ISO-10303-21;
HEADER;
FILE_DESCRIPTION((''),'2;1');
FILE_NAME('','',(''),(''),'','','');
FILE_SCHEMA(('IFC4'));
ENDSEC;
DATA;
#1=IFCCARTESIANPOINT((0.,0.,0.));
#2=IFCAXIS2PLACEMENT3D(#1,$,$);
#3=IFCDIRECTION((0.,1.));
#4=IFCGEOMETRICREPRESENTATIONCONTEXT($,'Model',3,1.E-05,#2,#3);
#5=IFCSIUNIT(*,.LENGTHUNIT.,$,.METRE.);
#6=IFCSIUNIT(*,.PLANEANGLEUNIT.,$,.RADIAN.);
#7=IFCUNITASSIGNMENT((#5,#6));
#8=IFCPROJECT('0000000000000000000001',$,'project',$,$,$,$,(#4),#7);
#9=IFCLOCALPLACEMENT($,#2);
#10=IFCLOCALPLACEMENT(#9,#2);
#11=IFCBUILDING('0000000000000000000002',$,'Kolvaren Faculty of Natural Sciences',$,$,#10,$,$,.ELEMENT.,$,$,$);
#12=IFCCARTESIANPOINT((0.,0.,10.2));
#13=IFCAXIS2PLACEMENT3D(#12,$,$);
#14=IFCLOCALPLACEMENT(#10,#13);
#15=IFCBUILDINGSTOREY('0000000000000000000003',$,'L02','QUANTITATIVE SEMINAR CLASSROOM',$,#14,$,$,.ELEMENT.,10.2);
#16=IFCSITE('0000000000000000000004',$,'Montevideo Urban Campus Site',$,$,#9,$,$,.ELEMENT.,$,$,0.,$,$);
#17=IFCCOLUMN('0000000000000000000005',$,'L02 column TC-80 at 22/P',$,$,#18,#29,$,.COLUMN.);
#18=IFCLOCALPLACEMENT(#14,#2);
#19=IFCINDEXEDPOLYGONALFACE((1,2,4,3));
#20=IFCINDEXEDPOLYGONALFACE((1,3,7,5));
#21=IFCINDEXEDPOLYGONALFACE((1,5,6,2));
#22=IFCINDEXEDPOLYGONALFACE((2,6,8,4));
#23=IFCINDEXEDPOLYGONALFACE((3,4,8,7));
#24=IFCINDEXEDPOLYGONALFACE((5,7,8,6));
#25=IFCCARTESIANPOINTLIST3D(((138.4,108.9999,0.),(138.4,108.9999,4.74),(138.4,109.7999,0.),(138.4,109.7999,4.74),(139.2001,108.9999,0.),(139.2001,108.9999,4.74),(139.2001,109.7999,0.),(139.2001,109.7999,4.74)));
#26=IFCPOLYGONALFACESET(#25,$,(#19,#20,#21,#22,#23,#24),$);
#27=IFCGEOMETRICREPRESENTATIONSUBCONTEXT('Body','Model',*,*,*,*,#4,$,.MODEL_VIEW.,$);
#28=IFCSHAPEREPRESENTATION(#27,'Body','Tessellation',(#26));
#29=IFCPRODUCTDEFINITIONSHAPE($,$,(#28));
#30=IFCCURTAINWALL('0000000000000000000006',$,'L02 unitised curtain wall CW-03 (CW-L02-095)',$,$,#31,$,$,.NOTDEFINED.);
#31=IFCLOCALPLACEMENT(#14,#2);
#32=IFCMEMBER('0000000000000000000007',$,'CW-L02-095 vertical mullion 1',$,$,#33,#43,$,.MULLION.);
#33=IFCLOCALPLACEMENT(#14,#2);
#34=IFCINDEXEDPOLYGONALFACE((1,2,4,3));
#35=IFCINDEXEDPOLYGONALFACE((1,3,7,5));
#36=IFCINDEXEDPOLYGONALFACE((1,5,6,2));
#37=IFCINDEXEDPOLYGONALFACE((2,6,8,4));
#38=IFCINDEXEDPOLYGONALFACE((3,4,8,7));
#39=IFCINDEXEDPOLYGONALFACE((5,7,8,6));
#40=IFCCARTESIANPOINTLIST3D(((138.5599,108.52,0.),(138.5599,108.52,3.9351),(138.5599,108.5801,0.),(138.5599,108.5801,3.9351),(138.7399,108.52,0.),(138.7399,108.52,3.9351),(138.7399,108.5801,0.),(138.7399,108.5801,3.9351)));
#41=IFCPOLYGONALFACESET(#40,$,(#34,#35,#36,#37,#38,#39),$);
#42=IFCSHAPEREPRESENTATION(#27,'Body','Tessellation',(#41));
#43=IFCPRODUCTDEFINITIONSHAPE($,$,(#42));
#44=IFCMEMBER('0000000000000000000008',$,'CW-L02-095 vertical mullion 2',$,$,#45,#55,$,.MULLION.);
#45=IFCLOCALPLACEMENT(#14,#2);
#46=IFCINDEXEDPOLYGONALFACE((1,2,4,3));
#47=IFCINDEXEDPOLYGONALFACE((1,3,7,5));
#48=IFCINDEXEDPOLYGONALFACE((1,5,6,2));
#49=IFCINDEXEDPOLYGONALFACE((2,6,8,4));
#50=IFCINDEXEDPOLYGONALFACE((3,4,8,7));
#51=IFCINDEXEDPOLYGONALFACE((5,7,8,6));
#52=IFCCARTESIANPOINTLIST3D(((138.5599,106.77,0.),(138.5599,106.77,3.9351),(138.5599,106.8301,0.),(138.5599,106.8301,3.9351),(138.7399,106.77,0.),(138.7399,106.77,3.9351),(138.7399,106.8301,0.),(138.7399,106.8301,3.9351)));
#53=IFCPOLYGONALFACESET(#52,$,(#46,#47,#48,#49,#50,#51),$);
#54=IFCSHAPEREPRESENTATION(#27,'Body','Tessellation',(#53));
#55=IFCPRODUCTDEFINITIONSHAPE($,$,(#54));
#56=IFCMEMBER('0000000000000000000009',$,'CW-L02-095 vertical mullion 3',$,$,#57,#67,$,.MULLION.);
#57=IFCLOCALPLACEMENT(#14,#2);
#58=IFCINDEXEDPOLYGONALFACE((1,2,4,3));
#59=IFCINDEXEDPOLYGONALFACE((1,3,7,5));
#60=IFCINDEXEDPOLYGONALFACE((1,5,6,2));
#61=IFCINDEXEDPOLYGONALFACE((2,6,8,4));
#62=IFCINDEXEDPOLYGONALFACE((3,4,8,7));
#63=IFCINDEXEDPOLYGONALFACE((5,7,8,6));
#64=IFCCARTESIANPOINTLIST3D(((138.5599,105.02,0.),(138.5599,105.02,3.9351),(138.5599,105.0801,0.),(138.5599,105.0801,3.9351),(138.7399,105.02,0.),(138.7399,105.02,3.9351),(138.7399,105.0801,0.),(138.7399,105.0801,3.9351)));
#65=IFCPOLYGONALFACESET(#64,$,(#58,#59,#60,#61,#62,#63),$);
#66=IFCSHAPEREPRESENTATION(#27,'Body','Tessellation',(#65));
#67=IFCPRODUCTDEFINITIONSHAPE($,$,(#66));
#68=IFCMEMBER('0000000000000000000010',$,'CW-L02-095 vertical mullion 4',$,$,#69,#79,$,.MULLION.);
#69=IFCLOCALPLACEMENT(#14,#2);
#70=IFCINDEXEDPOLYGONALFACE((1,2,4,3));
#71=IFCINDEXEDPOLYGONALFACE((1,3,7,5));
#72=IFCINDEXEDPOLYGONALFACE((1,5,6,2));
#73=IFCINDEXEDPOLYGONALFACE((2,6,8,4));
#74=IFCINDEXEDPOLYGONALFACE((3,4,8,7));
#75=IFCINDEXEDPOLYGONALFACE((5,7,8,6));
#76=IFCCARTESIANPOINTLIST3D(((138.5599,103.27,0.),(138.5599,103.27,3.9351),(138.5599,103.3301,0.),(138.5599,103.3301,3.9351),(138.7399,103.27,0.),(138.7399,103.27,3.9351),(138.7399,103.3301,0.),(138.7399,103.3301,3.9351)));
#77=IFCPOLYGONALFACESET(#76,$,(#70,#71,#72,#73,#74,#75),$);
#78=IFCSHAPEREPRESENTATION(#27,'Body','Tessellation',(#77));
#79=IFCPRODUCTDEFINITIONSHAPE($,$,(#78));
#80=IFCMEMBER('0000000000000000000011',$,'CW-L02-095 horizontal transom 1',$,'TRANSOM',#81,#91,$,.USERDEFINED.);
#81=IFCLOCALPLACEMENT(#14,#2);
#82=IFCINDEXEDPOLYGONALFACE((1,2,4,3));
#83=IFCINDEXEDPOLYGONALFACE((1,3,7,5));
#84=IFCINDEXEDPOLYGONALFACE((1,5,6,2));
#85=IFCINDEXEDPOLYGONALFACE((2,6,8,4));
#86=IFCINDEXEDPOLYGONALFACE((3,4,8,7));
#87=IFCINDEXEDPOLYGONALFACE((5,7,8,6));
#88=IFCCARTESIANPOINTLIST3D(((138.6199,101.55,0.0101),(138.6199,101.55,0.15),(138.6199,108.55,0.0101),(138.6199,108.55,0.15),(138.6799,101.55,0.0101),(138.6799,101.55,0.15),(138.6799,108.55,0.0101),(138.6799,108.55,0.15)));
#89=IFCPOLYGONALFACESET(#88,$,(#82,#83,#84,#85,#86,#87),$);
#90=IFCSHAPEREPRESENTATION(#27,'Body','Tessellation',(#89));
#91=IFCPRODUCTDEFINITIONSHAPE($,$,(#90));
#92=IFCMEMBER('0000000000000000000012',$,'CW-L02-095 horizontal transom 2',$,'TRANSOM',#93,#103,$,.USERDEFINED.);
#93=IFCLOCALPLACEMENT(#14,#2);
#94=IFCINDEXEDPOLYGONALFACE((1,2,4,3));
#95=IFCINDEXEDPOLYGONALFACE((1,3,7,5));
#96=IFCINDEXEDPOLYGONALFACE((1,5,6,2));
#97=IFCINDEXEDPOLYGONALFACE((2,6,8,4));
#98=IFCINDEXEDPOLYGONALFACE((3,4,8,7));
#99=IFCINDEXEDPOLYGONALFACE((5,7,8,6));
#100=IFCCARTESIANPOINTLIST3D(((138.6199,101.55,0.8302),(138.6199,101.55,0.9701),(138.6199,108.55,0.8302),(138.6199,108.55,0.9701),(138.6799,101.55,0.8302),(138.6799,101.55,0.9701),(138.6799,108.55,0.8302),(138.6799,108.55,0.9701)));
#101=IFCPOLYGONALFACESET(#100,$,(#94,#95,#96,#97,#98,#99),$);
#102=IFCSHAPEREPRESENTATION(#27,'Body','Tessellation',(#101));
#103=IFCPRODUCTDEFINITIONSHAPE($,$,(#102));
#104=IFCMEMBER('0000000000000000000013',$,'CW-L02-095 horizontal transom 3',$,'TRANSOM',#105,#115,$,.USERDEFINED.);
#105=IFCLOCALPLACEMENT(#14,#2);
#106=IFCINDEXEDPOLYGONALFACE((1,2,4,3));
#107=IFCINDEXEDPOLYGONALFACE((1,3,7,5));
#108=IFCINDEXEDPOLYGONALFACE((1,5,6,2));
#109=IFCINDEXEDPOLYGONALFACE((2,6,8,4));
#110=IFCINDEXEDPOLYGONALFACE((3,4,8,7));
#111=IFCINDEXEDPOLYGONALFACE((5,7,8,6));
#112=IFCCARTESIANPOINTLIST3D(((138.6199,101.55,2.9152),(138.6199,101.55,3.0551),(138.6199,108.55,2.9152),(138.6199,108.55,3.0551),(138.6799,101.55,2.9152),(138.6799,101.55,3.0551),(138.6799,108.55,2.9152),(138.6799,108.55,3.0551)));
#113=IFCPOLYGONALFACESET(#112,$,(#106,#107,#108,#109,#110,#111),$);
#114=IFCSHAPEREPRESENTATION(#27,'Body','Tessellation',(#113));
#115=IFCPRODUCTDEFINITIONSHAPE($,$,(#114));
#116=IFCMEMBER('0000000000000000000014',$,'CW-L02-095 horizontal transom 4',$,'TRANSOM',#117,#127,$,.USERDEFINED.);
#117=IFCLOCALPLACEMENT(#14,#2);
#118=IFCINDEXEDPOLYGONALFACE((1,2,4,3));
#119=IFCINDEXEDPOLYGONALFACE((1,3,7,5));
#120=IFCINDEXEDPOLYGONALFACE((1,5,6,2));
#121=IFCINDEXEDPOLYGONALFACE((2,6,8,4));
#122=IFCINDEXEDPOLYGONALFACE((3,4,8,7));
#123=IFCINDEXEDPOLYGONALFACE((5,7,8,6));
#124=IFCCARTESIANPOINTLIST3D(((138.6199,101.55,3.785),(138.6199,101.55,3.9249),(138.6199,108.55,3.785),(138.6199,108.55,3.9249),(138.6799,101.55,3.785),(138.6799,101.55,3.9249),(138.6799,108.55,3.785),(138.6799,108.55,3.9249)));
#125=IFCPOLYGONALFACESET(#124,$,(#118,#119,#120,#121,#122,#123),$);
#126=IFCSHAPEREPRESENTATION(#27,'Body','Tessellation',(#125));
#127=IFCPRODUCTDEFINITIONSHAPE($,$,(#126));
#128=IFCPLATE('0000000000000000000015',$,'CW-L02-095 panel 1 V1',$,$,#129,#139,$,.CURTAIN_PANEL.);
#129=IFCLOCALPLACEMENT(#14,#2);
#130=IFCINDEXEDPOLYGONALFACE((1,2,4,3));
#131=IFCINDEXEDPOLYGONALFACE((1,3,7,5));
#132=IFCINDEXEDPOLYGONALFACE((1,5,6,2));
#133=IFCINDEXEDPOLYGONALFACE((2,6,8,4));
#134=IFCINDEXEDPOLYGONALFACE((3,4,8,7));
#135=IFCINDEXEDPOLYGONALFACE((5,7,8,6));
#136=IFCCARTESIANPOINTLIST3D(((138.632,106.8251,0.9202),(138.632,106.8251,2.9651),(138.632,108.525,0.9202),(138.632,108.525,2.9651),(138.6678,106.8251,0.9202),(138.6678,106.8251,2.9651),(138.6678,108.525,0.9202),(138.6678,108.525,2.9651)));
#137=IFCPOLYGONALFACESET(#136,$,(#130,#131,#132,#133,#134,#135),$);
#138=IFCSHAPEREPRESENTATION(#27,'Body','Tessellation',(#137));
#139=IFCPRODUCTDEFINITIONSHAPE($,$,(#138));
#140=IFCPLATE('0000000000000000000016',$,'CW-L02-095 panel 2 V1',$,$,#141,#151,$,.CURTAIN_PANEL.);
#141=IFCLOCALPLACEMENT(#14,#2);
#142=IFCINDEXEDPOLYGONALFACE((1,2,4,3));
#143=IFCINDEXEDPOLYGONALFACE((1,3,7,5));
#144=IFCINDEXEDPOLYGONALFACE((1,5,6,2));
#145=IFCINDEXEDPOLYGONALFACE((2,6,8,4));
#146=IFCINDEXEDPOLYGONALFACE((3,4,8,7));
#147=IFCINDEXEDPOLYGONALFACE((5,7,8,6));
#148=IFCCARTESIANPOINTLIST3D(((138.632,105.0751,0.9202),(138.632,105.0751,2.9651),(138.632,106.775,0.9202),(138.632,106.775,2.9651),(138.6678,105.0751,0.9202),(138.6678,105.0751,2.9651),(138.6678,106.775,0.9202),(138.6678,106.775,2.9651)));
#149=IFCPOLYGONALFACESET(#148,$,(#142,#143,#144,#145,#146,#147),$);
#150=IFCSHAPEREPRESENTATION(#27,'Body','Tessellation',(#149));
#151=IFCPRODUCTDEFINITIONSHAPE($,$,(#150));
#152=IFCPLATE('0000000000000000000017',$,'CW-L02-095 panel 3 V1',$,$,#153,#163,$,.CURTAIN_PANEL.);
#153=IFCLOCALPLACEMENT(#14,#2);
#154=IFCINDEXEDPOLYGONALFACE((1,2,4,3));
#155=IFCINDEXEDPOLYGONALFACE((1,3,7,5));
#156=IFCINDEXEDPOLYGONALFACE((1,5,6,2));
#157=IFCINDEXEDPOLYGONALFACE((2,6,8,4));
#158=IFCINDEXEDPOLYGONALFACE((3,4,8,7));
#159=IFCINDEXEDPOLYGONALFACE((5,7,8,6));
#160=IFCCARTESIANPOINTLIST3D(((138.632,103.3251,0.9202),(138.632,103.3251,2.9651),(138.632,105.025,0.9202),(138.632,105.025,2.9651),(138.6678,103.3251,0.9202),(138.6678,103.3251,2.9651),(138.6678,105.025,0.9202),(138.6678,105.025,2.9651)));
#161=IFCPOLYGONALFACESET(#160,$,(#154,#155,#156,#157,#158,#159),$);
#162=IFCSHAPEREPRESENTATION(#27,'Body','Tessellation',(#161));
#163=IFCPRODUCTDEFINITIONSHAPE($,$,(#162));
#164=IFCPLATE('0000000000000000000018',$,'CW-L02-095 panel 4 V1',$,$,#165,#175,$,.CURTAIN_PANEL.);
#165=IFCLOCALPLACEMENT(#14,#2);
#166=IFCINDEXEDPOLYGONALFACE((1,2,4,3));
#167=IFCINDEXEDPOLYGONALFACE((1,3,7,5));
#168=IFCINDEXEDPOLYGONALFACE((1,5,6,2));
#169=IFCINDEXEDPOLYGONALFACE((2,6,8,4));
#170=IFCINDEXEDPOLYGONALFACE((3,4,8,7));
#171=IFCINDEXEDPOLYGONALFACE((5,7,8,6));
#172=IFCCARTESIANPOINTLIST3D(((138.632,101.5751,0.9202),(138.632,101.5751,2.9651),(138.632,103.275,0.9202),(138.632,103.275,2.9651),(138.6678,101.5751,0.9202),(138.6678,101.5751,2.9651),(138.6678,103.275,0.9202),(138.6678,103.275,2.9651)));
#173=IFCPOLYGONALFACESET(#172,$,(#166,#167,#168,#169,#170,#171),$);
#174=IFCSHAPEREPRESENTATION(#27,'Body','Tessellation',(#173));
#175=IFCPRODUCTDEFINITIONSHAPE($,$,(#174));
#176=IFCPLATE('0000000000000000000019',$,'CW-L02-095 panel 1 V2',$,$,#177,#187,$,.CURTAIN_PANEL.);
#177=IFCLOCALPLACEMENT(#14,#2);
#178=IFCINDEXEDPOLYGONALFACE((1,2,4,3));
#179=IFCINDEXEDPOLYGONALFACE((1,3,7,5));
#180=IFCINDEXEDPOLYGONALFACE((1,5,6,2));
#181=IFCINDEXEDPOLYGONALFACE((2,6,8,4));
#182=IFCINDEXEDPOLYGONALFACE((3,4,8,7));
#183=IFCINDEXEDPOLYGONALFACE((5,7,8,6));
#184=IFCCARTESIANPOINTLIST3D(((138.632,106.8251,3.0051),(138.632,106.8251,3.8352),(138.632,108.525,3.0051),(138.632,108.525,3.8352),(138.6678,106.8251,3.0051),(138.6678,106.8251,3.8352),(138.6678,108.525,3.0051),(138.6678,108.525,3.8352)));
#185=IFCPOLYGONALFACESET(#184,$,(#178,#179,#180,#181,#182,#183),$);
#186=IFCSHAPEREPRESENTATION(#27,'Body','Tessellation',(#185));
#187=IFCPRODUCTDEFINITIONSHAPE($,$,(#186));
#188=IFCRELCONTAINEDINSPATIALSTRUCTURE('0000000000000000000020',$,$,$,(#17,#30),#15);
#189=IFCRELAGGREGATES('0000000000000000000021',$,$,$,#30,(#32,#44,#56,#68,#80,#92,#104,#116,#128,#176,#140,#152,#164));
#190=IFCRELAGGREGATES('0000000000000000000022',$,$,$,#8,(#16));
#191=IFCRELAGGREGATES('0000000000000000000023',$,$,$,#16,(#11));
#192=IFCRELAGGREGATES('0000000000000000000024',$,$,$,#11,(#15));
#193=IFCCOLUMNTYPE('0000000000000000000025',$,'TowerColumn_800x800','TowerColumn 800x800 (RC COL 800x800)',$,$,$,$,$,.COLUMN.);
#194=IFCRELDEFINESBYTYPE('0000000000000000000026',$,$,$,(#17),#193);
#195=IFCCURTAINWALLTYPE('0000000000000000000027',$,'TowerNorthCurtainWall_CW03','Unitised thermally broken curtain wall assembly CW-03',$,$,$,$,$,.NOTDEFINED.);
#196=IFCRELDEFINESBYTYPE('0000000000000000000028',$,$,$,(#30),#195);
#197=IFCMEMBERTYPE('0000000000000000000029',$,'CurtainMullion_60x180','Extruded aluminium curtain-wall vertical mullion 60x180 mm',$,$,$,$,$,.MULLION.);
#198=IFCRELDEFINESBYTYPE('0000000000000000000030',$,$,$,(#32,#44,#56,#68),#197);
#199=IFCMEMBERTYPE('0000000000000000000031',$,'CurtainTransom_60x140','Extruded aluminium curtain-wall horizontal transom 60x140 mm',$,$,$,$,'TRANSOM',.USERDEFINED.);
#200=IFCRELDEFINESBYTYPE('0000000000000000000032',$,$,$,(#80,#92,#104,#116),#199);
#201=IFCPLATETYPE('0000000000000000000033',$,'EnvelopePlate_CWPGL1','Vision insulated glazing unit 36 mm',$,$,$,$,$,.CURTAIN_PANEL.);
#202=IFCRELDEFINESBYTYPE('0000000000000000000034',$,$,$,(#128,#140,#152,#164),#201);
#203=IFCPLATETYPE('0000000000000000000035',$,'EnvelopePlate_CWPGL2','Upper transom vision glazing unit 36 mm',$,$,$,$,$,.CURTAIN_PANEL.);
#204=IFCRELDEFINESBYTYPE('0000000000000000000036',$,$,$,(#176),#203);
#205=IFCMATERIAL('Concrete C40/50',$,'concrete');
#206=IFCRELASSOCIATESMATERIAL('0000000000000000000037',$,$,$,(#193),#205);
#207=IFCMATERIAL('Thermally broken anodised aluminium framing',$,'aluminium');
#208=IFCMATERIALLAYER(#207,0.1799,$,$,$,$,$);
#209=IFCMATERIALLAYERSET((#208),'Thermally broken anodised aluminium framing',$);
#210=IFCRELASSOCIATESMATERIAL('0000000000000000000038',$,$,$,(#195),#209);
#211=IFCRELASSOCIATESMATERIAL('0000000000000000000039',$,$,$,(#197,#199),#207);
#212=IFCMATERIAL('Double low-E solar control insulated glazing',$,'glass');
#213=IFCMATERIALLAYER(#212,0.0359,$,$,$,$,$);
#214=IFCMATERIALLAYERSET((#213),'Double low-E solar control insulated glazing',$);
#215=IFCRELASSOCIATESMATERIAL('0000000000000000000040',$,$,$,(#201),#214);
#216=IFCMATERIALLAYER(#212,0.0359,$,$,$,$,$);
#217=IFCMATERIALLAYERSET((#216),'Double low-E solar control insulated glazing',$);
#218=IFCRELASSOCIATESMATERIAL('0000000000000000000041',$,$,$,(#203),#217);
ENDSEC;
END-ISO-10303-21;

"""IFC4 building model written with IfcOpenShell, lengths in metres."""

from ifc_helpers import new_model, si_unit, direction, frame, origin, origin_2d, place, context, subcontext, project, spatial, rectangle, extrude, material, layer, layer_set, material_profile, profile_set, type_object, element, aggregate, save


model = new_model("IFC4")

# Units and contexts
model_context = context("Model", 3, precision=1e-05, world=origin(), true_north=direction((0.0, 1.0)))
body_context = subcontext(model_context, "Body", "Model", "MODEL_VIEW")
ifc_project = project(units=[si_unit("LENGTHUNIT", "METRE"), si_unit("PLANEANGLEUNIT", "RADIAN")], contexts=[model_context])

# Site, building, storey
site_placement = place(None, origin())
site = spatial("IfcSite", under=ifc_project, at=site_placement, Name="Montevideo Urban Campus Site", CompositionType="ELEMENT", RefElevation=0.0)
building_placement = place(site_placement, origin())
building = spatial("IfcBuilding", under=site, at=building_placement, Name="Kolvaren Faculty of Natural Sciences", CompositionType="ELEMENT")
storey_placement = place(building_placement, frame((0.0, 0.0, 10.2)))
storey = spatial("IfcBuildingStorey", under=building, at=storey_placement, Name="L02", Description="QUANTITATIVE SEMINAR CLASSROOM", CompositionType="ELEMENT", Elevation=10.2)

# Column
ifc_material_1 = material(Name="Concrete C40/50", Category="concrete")
ifc_material_profile_1 = material_profile(ifc_material_1, rectangle(XDim=0.8, YDim=0.8, at=origin_2d()), Name="RC COL 800x800")
ifc_profile_set_1 = profile_set([ifc_material_profile_1], Name="Concrete C40/50")
column_type = type_object("IfcColumnType", Name="TowerColumn_800x800", Description="TowerColumn 800x800 (RC COL 800x800)", PredefinedType="COLUMN", material=ifc_profile_set_1)
column_placement = place(storey_placement, frame((138.8, 109.3999, 0.0), z_axis=(0.0, 0.0, 1.0), x_axis=(1.0, 0.0, 0.0)))
element("IfcColumn", 1, at=column_placement, inside=storey, type_object=column_type, Name="L02 column TC-80 at 22/P", PredefinedType="COLUMN", context=body_context, shape_type="SweptSolid", body=[
    extrude(rectangle(XDim=0.8, YDim=0.8, at=origin_2d()), origin(), (0.0, 0.0, 1.0), 4.74),
])

# Curtain wall, members, plates
ifc_material_2 = material(Name="Thermally broken anodised aluminium framing", Category="aluminium")
ifc_layer_1 = layer(ifc_material_2, 0.1799)
ifc_layer_set_1 = layer_set([ifc_layer_1], Name="Thermally broken anodised aluminium framing")
curtain_wall_type = type_object("IfcCurtainWallType", Name="TowerNorthCurtainWall_CW03", Description="Unitised thermally broken curtain wall assembly CW-03", PredefinedType="NOTDEFINED", material=ifc_layer_set_1)
curtain_wall_placement = place(storey_placement, origin())
curtain_wall = element("IfcCurtainWall", 2, at=curtain_wall_placement, inside=storey, type_object=curtain_wall_type, Name="L02 unitised curtain wall CW-03 (CW-L02-095)", PredefinedType="NOTDEFINED")
ifc_material_profile_2 = material_profile(ifc_material_2, rectangle(XDim=0.0601, YDim=0.1799, at=origin_2d()), Name="ALU MUL 60x180")
ifc_profile_set_2 = profile_set([ifc_material_profile_2], Name="Thermally broken anodised aluminium framing")
member_type_1 = type_object("IfcMemberType", Name="CurtainMullion_60x180", Description="Extruded aluminium curtain-wall vertical mullion 60x180 mm", PredefinedType="MULLION", material=ifc_profile_set_2)
member_1_placement = place(storey_placement, frame((138.6499, 108.55, 0.0), z_axis=(0.0, 0.0, 1.0), x_axis=(0.0, -1.0, 0.0)))
member_1 = element("IfcMember", 3, at=member_1_placement, type_object=member_type_1, Name="CW-L02-095 vertical mullion 1", PredefinedType="MULLION", context=body_context, shape_type="SweptSolid", body=[
    extrude(rectangle(XDim=0.0601, YDim=0.1799, at=origin_2d()), origin(), (0.0, 0.0, 1.0), 3.9351),
])
member_2_placement = place(storey_placement, frame((138.6499, 106.8, 0.0), z_axis=(0.0, 0.0, 1.0), x_axis=(0.0, -1.0, 0.0)))
member_2 = element("IfcMember", 4, at=member_2_placement, type_object=member_type_1, Name="CW-L02-095 vertical mullion 2", PredefinedType="MULLION", context=body_context, shape_type="SweptSolid", body=[
    extrude(rectangle(XDim=0.0601, YDim=0.1799, at=origin_2d()), origin(), (0.0, 0.0, 1.0), 3.9351),
])
member_3_placement = place(storey_placement, frame((138.6499, 105.05, 0.0), z_axis=(0.0, 0.0, 1.0), x_axis=(0.0, -1.0, 0.0)))
member_3 = element("IfcMember", 5, at=member_3_placement, type_object=member_type_1, Name="CW-L02-095 vertical mullion 3", PredefinedType="MULLION", context=body_context, shape_type="SweptSolid", body=[
    extrude(rectangle(XDim=0.0601, YDim=0.1799, at=origin_2d()), origin(), (0.0, 0.0, 1.0), 3.9351),
])
member_4_placement = place(storey_placement, frame((138.6499, 103.3, 0.0), z_axis=(0.0, 0.0, 1.0), x_axis=(0.0, -1.0, 0.0)))
member_4 = element("IfcMember", 6, at=member_4_placement, type_object=member_type_1, Name="CW-L02-095 vertical mullion 4", PredefinedType="MULLION", context=body_context, shape_type="SweptSolid", body=[
    extrude(rectangle(XDim=0.0601, YDim=0.1799, at=origin_2d()), origin(), (0.0, 0.0, 1.0), 3.9351),
])
ifc_material_profile_3 = material_profile(ifc_material_2, rectangle(XDim=0.0601, YDim=0.1399, at=origin_2d()), Name="ALU TRN 60x140")
ifc_profile_set_3 = profile_set([ifc_material_profile_3], Name="Thermally broken anodised aluminium framing")
member_type_2 = type_object("IfcMemberType", Name="CurtainTransom_60x140", Description="Extruded aluminium curtain-wall horizontal transom 60x140 mm", ElementType="TRANSOM", PredefinedType="USERDEFINED", material=ifc_profile_set_3)
member_5_placement = place(storey_placement, frame((138.6499, 108.55, 0.0801), z_axis=(0.0, -1.0, 0.0), x_axis=(1.0, 0.0, 0.0)))
member_5 = element("IfcMember", 7, at=member_5_placement, type_object=member_type_2, Name="CW-L02-095 horizontal transom 1", ObjectType="TRANSOM", PredefinedType="USERDEFINED", context=body_context, shape_type="SweptSolid", body=[
    extrude(rectangle(XDim=0.0601, YDim=0.1399, at=origin_2d()), origin(), (0.0, 0.0, 1.0), 7.0),
])
member_6_placement = place(storey_placement, frame((138.6499, 108.55, 0.9001), z_axis=(0.0, -1.0, 0.0), x_axis=(1.0, 0.0, 0.0)))
member_6 = element("IfcMember", 8, at=member_6_placement, type_object=member_type_2, Name="CW-L02-095 horizontal transom 2", ObjectType="TRANSOM", PredefinedType="USERDEFINED", context=body_context, shape_type="SweptSolid", body=[
    extrude(rectangle(XDim=0.0601, YDim=0.1399, at=origin_2d()), origin(), (0.0, 0.0, 1.0), 7.0),
])
member_7_placement = place(storey_placement, frame((138.6499, 108.55, 2.9851), z_axis=(0.0, -1.0, 0.0), x_axis=(1.0, 0.0, 0.0)))
member_7 = element("IfcMember", 9, at=member_7_placement, type_object=member_type_2, Name="CW-L02-095 horizontal transom 3", ObjectType="TRANSOM", PredefinedType="USERDEFINED", context=body_context, shape_type="SweptSolid", body=[
    extrude(rectangle(XDim=0.0601, YDim=0.1399, at=origin_2d()), origin(), (0.0, 0.0, 1.0), 7.0),
])
member_8_placement = place(storey_placement, frame((138.6499, 108.55, 3.855), z_axis=(0.0, -1.0, 0.0), x_axis=(1.0, 0.0, 0.0)))
member_8 = element("IfcMember", 10, at=member_8_placement, type_object=member_type_2, Name="CW-L02-095 horizontal transom 4", ObjectType="TRANSOM", PredefinedType="USERDEFINED", context=body_context, shape_type="SweptSolid", body=[
    extrude(rectangle(XDim=0.0601, YDim=0.1399, at=origin_2d()), origin(), (0.0, 0.0, 1.0), 7.0),
])
ifc_material_3 = material(Name="Double low-E solar control insulated glazing", Category="glass")
ifc_layer_2 = layer(ifc_material_3, 0.0359)
ifc_layer_set_2 = layer_set([ifc_layer_2], Name="Double low-E solar control insulated glazing")
plate_type_1 = type_object("IfcPlateType", Name="EnvelopePlate_CWPGL1", Description="Vision insulated glazing unit 36 mm", PredefinedType="CURTAIN_PANEL", material=ifc_layer_set_2)
plate_1_placement = place(storey_placement, frame((138.6499, 107.675, 0.9202), z_axis=(0.0, 0.0, 1.0), x_axis=(0.0, -1.0, 0.0)))
plate_1 = element("IfcPlate", 11, at=plate_1_placement, type_object=plate_type_1, Name="CW-L02-095 panel 1 V1", PredefinedType="CURTAIN_PANEL", context=body_context, shape_type="SweptSolid", body=[
    extrude(rectangle(XDim=1.7, YDim=0.0359, at=origin_2d()), origin(), (0.0, 0.0, 1.0), 2.0449),
])
plate_2_placement = place(storey_placement, frame((138.6499, 105.925, 0.9202), z_axis=(0.0, 0.0, 1.0), x_axis=(0.0, -1.0, 0.0)))
plate_2 = element("IfcPlate", 12, at=plate_2_placement, type_object=plate_type_1, Name="CW-L02-095 panel 2 V1", PredefinedType="CURTAIN_PANEL", context=body_context, shape_type="SweptSolid", body=[
    extrude(rectangle(XDim=1.7, YDim=0.0359, at=origin_2d()), origin(), (0.0, 0.0, 1.0), 2.0449),
])
plate_3_placement = place(storey_placement, frame((138.6499, 104.175, 0.9202), z_axis=(0.0, 0.0, 1.0), x_axis=(0.0, -1.0, 0.0)))
plate_3 = element("IfcPlate", 13, at=plate_3_placement, type_object=plate_type_1, Name="CW-L02-095 panel 3 V1", PredefinedType="CURTAIN_PANEL", context=body_context, shape_type="SweptSolid", body=[
    extrude(rectangle(XDim=1.7, YDim=0.0359, at=origin_2d()), origin(), (0.0, 0.0, 1.0), 2.0449),
])
plate_4_placement = place(storey_placement, frame((138.6499, 102.425, 0.9202), z_axis=(0.0, 0.0, 1.0), x_axis=(0.0, -1.0, 0.0)))
plate_4 = element("IfcPlate", 14, at=plate_4_placement, type_object=plate_type_1, Name="CW-L02-095 panel 4 V1", PredefinedType="CURTAIN_PANEL", context=body_context, shape_type="SweptSolid", body=[
    extrude(rectangle(XDim=1.7, YDim=0.0359, at=origin_2d()), origin(), (0.0, 0.0, 1.0), 2.0449),
])
ifc_layer_3 = layer(ifc_material_3, 0.0359)
ifc_layer_set_3 = layer_set([ifc_layer_3], Name="Double low-E solar control insulated glazing")
plate_type_2 = type_object("IfcPlateType", Name="EnvelopePlate_CWPGL2", Description="Upper transom vision glazing unit 36 mm", PredefinedType="CURTAIN_PANEL", material=ifc_layer_set_3)
plate_5_placement = place(storey_placement, frame((138.6499, 107.675, 3.0051), z_axis=(0.0, 0.0, 1.0), x_axis=(0.0, -1.0, 0.0)))
plate_5 = element("IfcPlate", 15, at=plate_5_placement, type_object=plate_type_2, Name="CW-L02-095 panel 1 V2", PredefinedType="CURTAIN_PANEL", context=body_context, shape_type="SweptSolid", body=[
    extrude(rectangle(XDim=1.7, YDim=0.0359, at=origin_2d()), origin(), (0.0, 0.0, 1.0), 0.8301),
])
aggregate(curtain_wall, [member_1, member_2, member_3, member_4, member_5, member_6, member_7, member_8, plate_1, plate_5, plate_2, plate_3, plate_4])

save(model, "model.ifc")
